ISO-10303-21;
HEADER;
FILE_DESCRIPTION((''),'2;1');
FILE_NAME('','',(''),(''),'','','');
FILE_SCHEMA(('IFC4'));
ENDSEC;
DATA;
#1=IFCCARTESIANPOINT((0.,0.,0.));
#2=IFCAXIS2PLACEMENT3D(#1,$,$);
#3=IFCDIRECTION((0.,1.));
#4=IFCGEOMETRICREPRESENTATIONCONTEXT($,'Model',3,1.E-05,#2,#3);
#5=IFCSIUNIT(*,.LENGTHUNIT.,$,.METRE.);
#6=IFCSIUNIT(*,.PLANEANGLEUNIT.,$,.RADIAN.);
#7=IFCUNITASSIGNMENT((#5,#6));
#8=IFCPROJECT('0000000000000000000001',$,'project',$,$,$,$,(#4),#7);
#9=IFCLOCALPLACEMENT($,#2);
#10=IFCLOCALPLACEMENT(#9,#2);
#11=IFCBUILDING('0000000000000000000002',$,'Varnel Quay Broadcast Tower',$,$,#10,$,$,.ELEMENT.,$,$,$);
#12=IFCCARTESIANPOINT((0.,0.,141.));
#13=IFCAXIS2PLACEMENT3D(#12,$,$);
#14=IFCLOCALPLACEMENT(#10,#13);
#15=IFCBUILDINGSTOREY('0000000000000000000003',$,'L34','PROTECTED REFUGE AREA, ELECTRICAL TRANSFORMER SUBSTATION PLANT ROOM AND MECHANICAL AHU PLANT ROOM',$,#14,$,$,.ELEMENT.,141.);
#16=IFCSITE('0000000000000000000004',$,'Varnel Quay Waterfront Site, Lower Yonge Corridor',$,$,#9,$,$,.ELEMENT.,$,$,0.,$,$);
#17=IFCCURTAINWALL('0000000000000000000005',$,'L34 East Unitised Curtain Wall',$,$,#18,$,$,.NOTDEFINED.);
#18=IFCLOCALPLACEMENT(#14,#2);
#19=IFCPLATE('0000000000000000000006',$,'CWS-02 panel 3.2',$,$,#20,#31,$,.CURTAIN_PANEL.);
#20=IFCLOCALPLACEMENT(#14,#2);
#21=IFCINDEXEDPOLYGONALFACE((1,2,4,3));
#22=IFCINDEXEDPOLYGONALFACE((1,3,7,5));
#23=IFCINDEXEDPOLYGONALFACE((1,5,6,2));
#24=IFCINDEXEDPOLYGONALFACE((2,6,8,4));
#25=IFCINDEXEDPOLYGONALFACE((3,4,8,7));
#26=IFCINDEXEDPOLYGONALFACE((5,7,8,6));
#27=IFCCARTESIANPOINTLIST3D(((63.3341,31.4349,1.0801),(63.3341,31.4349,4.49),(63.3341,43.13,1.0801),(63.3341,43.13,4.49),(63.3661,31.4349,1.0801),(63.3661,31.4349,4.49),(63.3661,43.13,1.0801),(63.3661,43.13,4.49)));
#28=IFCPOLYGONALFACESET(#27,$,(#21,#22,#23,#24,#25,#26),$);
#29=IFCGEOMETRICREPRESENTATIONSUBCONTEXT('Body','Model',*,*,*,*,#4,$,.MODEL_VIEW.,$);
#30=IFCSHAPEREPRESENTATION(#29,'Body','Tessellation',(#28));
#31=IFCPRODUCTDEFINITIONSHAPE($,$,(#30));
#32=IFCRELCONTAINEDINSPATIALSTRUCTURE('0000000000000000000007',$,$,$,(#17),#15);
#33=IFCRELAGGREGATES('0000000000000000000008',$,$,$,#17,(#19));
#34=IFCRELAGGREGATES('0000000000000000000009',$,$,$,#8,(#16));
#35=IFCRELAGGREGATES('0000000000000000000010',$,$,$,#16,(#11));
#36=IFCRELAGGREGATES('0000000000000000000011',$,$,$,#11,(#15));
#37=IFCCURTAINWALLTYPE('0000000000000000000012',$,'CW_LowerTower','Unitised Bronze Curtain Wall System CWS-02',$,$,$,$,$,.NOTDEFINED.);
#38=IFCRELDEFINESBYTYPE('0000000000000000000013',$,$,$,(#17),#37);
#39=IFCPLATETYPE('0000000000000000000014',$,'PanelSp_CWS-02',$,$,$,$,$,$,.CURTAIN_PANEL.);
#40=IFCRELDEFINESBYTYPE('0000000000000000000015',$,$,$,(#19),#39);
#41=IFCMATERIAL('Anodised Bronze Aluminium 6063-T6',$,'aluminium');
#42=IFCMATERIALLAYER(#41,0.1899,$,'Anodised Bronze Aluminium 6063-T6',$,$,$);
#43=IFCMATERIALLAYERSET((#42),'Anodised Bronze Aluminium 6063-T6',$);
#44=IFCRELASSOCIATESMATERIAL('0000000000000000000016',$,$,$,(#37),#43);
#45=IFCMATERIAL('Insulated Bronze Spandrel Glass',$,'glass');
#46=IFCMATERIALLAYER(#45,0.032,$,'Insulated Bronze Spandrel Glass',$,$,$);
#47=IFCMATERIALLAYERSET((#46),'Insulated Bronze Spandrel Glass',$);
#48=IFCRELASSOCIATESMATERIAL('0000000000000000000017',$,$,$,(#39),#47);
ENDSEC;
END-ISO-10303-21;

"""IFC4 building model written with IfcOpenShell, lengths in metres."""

from ifc_helpers import new_model, si_unit, direction, frame, origin, origin_2d, place, context, subcontext, project, spatial, rectangle, extrude, source, transform, mapped, material, layer, layer_set, type_object, element, aggregate, save


model = new_model("IFC4")

# Units and contexts
model_context = context("Model", 3, precision=1e-05, world=origin(), true_north=direction((0.0, 1.0)))
body_context = subcontext(model_context, "Body", "Model", "MODEL_VIEW")
ifc_project = project(units=[si_unit("LENGTHUNIT", "METRE"), si_unit("PLANEANGLEUNIT", "RADIAN")], contexts=[model_context])

# Site, building, storey
site_placement = place(None, origin())
site = spatial("IfcSite", under=ifc_project, at=site_placement, Name="Varnel Quay Waterfront Site, Lower Yonge Corridor", CompositionType="ELEMENT", RefElevation=0.0)
building_placement = place(site_placement, origin())
building = spatial("IfcBuilding", under=site, at=building_placement, Name="Varnel Quay Broadcast Tower", CompositionType="ELEMENT")
storey_placement = place(building_placement, frame((0.0, 0.0, 141.0)))
storey = spatial("IfcBuildingStorey", under=building, at=storey_placement, Name="L34", Description="PROTECTED REFUGE AREA, ELECTRICAL TRANSFORMER SUBSTATION PLANT ROOM AND MECHANICAL AHU PLANT ROOM", CompositionType="ELEMENT", Elevation=141.0)

# Curtain wall
ifc_material_1 = material(Name="Anodised Bronze Aluminium 6063-T6", Category="aluminium")
ifc_layer_1 = layer(ifc_material_1, 0.1899, Name="Anodised Bronze Aluminium 6063-T6")
ifc_layer_set_1 = layer_set([ifc_layer_1], Name="Anodised Bronze Aluminium 6063-T6")
curtain_wall_type = type_object("IfcCurtainWallType", Name="CW_LowerTower", Description="Unitised Bronze Curtain Wall System CWS-02", PredefinedType="NOTDEFINED", material=ifc_layer_set_1)
curtain_wall_placement = place(storey_placement, origin())
curtain_wall = element("IfcCurtainWall", 1, at=curtain_wall_placement, inside=storey, type_object=curtain_wall_type, Name="L34 East Unitised Curtain Wall", PredefinedType="NOTDEFINED")

# Plate
ifc_material_2 = material(Name="Insulated Bronze Spandrel Glass", Category="glass")
ifc_layer_2 = layer(ifc_material_2, 0.032, Name="Insulated Bronze Spandrel Glass")
ifc_layer_set_2 = layer_set([ifc_layer_2], Name="Insulated Bronze Spandrel Glass")
plate_type_1 = type_object("IfcPlateType", Name="PanelSp_CWS-02", PredefinedType="CURTAIN_PANEL", material=ifc_layer_set_2)
shared_shape_1 = source(origin(), body_context, "Body", "SweptSolid", [
    extrude(rectangle(XDim=11.6951, YDim=0.032, at=origin_2d()), origin(), (0.0, 0.0, 1.0), 3.4099),
])
plate_1_placement = place(storey_placement, frame((63.3501, 37.2825, 1.0801), z_axis=(0.0, 0.0, 1.0), x_axis=(0.0, 1.0, 0.0)))
plate_1 = element("IfcPlate", 2, at=plate_1_placement, type_object=plate_type_1, Name="CWS-02 panel 3.2", PredefinedType="CURTAIN_PANEL", context=body_context, shape_type="MappedRepresentation", body=[
    mapped(shared_shape_1, transform((0.0, 0.0, 0.0), x_axis=(1.0, 0.0, 0.0), y_axis=(0.0, 1.0, 0.0), z_axis=(0.0, 0.0, 1.0), scale=1.0)),
])
aggregate(curtain_wall, [plate_1])

save(model, "model.ifc")
